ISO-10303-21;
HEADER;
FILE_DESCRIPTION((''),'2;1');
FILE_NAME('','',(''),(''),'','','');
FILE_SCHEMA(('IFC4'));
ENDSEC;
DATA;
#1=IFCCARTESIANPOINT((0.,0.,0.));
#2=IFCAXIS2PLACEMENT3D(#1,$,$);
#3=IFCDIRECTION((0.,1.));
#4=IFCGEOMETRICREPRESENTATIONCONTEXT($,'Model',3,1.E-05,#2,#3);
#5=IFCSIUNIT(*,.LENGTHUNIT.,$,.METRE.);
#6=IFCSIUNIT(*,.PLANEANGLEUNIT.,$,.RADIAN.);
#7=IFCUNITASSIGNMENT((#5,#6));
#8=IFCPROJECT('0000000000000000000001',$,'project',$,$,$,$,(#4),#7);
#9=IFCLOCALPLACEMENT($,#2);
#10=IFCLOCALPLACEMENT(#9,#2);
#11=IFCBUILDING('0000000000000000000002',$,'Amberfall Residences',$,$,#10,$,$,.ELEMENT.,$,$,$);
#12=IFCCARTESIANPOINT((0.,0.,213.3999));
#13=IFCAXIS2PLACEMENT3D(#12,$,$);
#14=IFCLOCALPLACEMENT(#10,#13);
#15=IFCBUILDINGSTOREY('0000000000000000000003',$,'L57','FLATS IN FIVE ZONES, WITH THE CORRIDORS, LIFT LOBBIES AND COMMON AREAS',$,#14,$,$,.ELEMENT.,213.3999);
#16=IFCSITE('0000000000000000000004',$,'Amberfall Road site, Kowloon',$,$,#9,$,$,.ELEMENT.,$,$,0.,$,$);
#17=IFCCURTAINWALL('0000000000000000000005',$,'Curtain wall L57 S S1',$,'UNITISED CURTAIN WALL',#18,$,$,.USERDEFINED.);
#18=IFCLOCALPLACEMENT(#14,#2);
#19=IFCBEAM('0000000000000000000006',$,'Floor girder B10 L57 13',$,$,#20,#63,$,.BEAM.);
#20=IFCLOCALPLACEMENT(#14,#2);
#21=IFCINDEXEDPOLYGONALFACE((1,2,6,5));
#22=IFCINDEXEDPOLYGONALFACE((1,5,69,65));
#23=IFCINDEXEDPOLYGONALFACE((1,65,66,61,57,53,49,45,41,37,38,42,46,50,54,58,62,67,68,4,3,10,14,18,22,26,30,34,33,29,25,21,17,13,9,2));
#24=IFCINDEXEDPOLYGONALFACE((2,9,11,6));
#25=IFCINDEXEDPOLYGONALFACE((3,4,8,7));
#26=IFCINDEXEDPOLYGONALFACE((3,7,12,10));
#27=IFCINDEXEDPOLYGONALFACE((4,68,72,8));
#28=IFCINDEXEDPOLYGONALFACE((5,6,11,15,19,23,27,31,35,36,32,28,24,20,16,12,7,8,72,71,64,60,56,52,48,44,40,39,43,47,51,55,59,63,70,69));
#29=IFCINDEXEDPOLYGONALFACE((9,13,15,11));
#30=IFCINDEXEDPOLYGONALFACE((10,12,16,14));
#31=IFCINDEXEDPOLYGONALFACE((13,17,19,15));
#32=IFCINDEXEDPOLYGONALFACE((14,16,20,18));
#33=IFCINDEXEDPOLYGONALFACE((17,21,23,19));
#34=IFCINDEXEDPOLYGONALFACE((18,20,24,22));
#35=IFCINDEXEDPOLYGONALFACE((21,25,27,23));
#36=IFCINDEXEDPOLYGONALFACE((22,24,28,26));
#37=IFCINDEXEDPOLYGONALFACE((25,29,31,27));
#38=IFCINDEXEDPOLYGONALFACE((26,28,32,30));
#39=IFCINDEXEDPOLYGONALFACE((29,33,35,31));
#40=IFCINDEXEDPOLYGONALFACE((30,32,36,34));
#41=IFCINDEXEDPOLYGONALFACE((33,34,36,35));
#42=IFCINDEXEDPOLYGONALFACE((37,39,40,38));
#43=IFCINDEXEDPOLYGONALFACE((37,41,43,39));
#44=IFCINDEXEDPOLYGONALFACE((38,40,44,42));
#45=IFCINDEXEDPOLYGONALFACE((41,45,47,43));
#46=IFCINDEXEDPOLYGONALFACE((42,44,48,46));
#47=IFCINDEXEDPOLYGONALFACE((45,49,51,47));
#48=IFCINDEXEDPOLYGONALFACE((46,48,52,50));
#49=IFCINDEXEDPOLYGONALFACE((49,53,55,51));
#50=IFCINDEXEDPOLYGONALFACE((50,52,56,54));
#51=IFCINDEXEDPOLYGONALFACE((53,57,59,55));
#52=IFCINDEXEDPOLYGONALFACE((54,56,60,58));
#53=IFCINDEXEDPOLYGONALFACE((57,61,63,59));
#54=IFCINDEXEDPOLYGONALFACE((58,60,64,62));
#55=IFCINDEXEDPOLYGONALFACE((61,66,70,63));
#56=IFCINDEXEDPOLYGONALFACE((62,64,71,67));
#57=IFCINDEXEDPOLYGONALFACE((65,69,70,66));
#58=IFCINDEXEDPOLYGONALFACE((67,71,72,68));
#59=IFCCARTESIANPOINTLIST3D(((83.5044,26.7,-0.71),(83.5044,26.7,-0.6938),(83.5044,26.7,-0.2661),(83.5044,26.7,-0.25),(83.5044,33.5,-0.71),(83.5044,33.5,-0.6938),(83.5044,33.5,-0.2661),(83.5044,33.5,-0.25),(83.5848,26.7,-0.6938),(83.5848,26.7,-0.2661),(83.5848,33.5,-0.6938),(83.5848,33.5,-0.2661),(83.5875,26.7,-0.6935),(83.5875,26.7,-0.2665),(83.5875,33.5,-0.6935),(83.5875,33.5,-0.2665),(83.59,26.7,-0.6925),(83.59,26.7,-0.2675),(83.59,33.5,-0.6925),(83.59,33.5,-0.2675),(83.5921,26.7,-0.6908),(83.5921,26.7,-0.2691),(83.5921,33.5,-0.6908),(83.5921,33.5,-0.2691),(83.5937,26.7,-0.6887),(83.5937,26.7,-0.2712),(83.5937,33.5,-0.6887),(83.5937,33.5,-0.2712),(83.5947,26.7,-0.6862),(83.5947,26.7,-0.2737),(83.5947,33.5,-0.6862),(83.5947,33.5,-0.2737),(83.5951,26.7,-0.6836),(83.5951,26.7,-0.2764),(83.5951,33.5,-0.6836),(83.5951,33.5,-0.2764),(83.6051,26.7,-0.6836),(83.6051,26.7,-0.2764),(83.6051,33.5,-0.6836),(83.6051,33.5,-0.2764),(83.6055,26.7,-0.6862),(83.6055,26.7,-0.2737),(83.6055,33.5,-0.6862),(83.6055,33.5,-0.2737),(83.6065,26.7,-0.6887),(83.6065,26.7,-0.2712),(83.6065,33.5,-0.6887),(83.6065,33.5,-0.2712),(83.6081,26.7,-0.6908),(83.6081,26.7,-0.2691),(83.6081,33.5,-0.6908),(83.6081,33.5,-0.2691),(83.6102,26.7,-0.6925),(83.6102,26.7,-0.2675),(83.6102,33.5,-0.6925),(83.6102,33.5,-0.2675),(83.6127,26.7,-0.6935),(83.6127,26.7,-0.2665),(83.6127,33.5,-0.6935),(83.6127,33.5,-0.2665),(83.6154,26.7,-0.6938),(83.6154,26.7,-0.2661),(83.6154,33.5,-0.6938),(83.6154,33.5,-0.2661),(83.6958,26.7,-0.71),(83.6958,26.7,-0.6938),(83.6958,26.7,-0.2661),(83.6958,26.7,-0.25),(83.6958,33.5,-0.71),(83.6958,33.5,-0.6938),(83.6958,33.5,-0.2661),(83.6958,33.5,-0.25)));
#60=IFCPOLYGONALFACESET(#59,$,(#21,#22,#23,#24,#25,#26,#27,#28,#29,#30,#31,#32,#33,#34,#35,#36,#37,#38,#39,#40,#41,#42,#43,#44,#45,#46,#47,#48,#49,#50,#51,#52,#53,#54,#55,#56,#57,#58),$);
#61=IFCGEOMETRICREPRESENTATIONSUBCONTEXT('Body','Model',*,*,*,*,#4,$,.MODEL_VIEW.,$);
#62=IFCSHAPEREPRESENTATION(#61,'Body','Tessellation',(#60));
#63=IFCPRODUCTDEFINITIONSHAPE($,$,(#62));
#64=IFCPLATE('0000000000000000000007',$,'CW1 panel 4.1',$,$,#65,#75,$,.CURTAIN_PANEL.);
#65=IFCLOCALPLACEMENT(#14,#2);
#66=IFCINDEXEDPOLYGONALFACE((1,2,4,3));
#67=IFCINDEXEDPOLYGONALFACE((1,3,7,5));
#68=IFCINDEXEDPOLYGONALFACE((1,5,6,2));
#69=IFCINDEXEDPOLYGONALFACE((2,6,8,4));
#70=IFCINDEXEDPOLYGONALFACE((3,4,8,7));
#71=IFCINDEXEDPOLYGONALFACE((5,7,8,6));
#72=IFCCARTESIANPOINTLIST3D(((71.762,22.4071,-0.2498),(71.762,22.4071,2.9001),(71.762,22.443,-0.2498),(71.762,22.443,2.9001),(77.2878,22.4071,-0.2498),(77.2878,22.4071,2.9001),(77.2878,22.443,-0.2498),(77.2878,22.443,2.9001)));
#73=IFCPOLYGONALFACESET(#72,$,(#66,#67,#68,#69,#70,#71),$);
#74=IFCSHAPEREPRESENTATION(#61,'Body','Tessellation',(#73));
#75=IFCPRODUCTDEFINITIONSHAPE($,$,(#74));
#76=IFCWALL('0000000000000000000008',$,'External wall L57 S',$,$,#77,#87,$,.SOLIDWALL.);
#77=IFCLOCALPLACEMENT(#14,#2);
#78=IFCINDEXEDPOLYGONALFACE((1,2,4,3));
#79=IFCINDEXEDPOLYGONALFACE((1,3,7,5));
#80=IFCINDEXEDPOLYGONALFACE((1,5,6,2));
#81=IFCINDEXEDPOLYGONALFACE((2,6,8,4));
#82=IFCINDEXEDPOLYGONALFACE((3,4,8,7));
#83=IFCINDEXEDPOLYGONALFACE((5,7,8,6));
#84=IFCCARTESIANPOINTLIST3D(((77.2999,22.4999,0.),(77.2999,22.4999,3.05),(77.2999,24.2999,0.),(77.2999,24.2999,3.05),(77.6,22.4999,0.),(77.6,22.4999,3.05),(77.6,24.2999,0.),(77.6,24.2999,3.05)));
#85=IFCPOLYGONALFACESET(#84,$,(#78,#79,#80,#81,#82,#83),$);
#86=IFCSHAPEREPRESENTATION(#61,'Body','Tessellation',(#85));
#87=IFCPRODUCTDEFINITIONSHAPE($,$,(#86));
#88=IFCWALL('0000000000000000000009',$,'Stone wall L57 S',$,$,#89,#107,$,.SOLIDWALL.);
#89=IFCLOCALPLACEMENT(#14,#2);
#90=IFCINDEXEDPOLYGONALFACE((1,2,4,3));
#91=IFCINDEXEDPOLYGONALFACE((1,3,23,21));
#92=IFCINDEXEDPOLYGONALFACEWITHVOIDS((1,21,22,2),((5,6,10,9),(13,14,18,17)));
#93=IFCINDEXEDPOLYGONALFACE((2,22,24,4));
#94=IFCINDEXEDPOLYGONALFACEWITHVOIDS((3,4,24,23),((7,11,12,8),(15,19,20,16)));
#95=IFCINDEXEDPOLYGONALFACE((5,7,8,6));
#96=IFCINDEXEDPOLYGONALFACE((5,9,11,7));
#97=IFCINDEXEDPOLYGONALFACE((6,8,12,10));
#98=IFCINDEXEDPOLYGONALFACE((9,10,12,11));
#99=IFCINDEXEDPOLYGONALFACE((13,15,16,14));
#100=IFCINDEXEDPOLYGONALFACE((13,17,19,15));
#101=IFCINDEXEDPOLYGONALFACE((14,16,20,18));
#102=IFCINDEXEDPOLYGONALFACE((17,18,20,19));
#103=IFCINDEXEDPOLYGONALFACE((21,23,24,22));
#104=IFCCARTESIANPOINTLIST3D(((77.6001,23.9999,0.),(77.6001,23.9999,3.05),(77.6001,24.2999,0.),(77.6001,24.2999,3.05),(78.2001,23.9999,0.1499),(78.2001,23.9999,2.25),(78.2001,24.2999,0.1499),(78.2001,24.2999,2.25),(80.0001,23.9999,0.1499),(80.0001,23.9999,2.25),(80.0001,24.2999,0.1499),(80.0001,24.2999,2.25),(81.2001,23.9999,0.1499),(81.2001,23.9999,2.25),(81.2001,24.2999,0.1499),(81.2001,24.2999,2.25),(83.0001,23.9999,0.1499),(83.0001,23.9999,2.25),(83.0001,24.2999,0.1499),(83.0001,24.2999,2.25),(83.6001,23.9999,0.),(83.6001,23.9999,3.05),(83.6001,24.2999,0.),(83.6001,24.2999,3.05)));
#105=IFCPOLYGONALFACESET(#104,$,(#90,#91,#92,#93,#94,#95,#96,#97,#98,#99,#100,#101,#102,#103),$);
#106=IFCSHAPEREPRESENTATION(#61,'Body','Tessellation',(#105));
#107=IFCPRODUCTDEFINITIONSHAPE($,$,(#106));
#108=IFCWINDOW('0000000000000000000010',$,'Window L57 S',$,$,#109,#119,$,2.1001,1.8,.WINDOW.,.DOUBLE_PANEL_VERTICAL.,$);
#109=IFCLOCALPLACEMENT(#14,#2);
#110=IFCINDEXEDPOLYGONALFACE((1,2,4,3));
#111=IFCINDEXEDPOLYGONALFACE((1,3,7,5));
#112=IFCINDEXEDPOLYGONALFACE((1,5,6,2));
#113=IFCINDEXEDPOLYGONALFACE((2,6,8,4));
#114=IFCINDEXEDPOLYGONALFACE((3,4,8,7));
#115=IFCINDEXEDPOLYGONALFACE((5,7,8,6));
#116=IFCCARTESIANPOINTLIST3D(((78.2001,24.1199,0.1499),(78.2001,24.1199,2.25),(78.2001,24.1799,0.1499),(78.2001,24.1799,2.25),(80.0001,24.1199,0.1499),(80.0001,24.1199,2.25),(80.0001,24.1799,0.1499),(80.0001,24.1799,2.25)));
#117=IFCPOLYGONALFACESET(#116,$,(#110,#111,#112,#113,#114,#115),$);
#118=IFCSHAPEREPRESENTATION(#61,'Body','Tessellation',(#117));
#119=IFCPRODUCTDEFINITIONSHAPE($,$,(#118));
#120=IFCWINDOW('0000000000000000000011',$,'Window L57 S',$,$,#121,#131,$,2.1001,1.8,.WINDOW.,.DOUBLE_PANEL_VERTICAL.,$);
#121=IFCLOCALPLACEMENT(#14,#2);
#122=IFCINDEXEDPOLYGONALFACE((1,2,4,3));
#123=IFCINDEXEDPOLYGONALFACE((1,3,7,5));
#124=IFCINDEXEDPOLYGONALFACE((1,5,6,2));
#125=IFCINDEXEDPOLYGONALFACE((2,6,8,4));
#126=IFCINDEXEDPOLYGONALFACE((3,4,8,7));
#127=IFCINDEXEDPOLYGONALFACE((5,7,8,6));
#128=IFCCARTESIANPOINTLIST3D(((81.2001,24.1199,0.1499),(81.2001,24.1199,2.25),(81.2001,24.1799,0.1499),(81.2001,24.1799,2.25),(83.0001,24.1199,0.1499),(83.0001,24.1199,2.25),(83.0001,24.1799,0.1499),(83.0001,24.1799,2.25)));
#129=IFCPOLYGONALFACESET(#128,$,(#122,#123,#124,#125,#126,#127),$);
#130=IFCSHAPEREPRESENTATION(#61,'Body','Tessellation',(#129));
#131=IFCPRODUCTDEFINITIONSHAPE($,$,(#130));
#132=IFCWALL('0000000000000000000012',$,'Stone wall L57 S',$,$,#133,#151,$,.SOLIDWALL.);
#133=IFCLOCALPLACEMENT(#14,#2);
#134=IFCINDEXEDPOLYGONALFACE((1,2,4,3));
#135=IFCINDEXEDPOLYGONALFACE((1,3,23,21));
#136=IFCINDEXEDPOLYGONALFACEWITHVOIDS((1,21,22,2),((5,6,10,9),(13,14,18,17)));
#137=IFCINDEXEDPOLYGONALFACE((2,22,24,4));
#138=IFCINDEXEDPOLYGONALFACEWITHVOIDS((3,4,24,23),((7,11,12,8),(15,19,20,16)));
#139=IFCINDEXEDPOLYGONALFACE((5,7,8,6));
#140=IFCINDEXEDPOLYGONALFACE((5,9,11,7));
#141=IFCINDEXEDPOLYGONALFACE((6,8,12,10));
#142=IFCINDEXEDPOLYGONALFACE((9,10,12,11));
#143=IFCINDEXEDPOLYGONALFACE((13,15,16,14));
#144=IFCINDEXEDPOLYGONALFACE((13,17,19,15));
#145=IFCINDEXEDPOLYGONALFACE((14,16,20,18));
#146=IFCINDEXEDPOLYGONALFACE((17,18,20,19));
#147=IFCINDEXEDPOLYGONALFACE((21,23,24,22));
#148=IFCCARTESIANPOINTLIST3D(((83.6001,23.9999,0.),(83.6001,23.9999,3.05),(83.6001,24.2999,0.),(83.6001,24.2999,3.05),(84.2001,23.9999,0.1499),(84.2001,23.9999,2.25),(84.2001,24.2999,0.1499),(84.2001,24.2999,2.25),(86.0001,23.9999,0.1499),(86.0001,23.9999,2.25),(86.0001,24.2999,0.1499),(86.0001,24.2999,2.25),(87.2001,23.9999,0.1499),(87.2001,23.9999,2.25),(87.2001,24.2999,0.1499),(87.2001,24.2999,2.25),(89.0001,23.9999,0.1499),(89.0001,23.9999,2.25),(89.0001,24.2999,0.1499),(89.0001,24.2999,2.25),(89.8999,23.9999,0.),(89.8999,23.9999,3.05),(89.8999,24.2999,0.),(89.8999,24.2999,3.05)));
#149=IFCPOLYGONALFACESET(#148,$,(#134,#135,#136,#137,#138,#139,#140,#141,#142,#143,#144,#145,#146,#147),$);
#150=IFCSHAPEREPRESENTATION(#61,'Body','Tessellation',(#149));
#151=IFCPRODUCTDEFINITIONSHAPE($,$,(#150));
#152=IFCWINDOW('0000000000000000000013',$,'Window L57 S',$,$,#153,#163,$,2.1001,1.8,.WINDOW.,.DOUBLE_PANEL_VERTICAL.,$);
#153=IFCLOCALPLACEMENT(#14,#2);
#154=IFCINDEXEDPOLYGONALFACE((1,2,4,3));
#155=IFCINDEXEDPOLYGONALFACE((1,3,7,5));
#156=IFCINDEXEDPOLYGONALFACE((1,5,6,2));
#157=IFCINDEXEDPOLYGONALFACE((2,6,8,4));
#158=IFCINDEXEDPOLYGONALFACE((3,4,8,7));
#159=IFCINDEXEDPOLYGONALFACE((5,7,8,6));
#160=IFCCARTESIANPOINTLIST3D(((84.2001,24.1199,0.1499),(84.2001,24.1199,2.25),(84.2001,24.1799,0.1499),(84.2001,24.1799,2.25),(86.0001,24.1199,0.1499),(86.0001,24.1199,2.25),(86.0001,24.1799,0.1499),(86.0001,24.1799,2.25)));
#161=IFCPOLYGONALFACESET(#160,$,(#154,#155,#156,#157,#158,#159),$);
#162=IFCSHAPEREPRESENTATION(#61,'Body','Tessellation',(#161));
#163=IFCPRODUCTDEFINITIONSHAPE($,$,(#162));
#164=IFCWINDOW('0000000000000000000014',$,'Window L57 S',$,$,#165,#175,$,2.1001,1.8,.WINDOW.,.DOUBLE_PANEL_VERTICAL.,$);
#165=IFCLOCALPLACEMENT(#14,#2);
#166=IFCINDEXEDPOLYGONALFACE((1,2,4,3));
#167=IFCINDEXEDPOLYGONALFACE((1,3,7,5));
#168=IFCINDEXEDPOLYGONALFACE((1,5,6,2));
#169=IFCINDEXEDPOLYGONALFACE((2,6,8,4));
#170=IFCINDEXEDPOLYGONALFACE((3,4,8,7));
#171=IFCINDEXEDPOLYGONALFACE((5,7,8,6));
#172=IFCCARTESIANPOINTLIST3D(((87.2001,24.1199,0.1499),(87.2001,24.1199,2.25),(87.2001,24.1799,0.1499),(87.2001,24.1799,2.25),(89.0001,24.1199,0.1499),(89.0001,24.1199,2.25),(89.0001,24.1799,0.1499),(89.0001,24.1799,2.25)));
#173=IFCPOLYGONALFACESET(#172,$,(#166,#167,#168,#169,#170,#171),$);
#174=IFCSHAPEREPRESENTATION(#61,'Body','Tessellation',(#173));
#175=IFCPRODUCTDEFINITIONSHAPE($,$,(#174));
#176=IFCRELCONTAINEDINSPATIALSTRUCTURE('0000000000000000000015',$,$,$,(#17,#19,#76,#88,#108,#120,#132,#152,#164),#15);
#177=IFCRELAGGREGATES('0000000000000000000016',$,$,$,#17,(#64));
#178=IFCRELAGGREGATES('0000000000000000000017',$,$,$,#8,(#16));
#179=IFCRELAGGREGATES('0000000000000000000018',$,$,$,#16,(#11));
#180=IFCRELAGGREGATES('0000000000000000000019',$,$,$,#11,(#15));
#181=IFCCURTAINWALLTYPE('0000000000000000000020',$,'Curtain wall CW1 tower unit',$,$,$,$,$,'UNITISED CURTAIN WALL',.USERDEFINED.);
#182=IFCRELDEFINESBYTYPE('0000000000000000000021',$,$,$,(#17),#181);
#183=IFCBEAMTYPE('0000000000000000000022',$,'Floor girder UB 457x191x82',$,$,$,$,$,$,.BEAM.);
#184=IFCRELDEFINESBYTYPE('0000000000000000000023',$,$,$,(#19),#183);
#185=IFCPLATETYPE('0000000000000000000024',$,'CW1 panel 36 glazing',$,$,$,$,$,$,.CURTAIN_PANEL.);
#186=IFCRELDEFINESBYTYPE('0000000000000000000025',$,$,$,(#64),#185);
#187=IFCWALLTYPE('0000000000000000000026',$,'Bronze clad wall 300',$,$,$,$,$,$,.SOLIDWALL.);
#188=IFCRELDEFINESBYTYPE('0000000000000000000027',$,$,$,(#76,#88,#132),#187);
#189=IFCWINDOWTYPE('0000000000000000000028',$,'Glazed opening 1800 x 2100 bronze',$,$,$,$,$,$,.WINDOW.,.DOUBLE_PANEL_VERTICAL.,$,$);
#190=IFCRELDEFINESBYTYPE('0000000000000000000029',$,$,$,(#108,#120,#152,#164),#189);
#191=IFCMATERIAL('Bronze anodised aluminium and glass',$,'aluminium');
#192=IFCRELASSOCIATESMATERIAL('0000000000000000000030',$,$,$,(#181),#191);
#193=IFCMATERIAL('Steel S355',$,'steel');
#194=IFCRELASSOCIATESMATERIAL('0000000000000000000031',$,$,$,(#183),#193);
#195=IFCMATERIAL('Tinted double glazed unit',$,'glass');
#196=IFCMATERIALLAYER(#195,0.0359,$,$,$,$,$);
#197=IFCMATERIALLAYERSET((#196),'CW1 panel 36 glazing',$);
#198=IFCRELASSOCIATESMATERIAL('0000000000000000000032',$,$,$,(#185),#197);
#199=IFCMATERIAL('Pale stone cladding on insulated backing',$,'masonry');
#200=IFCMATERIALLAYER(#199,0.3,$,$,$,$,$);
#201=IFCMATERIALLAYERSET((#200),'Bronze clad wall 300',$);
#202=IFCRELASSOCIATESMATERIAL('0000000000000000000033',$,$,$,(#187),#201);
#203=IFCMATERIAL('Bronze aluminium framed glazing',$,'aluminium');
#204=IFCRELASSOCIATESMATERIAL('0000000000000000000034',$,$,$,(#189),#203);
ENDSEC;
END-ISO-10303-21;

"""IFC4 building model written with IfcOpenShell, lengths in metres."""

from ifc_helpers import new_model, si_unit, direction, frame, frame_2d, origin, origin_2d, place, context, subcontext, project, spatial, rectangle, i_section, extrude, material, layer, layer_set, material_profile, profile_set, type_object, element, fill, aggregate, save


model = new_model("IFC4")

# Units and contexts
model_context = context("Model", 3, precision=1e-05, world=origin(), true_north=direction((0.0, 1.0)))
body_context = subcontext(model_context, "Body", "Model", "MODEL_VIEW")
ifc_project = project(units=[si_unit("LENGTHUNIT", "METRE"), si_unit("PLANEANGLEUNIT", "RADIAN")], contexts=[model_context])

# Site, building, storey
site_placement = place(None, origin())
site = spatial("IfcSite", under=ifc_project, at=site_placement, Name="Amberfall Road site, Kowloon", CompositionType="ELEMENT", RefElevation=0.0)
building_placement = place(site_placement, origin())
building = spatial("IfcBuilding", under=site, at=building_placement, Name="Amberfall Residences", CompositionType="ELEMENT")
storey_placement = place(building_placement, frame((0.0, 0.0, 213.3999)))
storey = spatial("IfcBuildingStorey", under=building, at=storey_placement, Name="L57", Description="FLATS IN FIVE ZONES, WITH THE CORRIDORS, LIFT LOBBIES AND COMMON AREAS", CompositionType="ELEMENT", Elevation=213.3999)

# Shared definitions
ifc_material_1 = material(Name="Steel S355", Category="steel")

# Curtain wall
ifc_material_2 = material(Name="Bronze anodised aluminium and glass", Category="aluminium")
curtain_wall_type = type_object("IfcCurtainWallType", Name="Curtain wall CW1 tower unit", ElementType="UNITISED CURTAIN WALL", PredefinedType="USERDEFINED", material=ifc_material_2)
curtain_wall_placement = place(storey_placement, origin())
curtain_wall = element("IfcCurtainWall", 1, at=curtain_wall_placement, inside=storey, type_object=curtain_wall_type, Name="Curtain wall L57 S S1", ObjectType="UNITISED CURTAIN WALL", PredefinedType="USERDEFINED")

# Beam
ifc_material_profile_1 = material_profile(ifc_material_1, i_section(OverallWidth=0.1914, OverallDepth=0.46, WebThickness=0.01, FlangeThickness=0.0161, FilletRadius=0.0103, at=origin_2d()), Name="UB 457x191x82")
ifc_profile_set_1 = profile_set([ifc_material_profile_1], Name="Steel S355")
beam_type_1 = type_object("IfcBeamType", Name="Floor girder UB 457x191x82", PredefinedType="BEAM", material=ifc_profile_set_1)
beam_1_placement = place(storey_placement, frame((83.6001, 26.7, -0.48), z_axis=(0.0, 1.0, 0.0), x_axis=(-1.0, 0.0, 0.0)))
element("IfcBeam", 2, at=beam_1_placement, inside=storey, type_object=beam_type_1, Name="Floor girder B10 L57 13", PredefinedType="BEAM", context=body_context, shape_type="SweptSolid", body=[
    extrude(i_section(OverallWidth=0.1914, OverallDepth=0.46, WebThickness=0.01, FlangeThickness=0.0161, FilletRadius=0.0103, at=origin_2d()), origin(), (0.0, 0.0, 1.0), 6.8),
])

# Plate
ifc_material_3 = material(Name="Tinted double glazed unit", Category="glass")
ifc_layer_1 = layer(ifc_material_3, 0.0359)
ifc_layer_set_1 = layer_set([ifc_layer_1], Name="CW1 panel 36 glazing")
plate_type = type_object("IfcPlateType", Name="CW1 panel 36 glazing", PredefinedType="CURTAIN_PANEL", material=ifc_layer_set_1)
plate_placement = place(storey_placement, frame((74.5249, 22.425, -0.2498), z_axis=(0.0, 0.0, 1.0), x_axis=(1.0, 0.0, 0.0)))
plate = element("IfcPlate", 3, at=plate_placement, type_object=plate_type, Name="CW1 panel 4.1", PredefinedType="CURTAIN_PANEL", context=body_context, shape_type="SweptSolid", body=[
    extrude(rectangle(XDim=5.5259, YDim=0.0359, at=origin_2d()), origin(), (0.0, 0.0, 1.0), 3.1499),
])
aggregate(curtain_wall, [plate])

# Wall
ifc_material_4 = material(Name="Pale stone cladding on insulated backing", Category="masonry")
ifc_layer_2 = layer(ifc_material_4, 0.3)
ifc_layer_set_2 = layer_set([ifc_layer_2], Name="Bronze clad wall 300")
wall_type_1 = type_object("IfcWallType", Name="Bronze clad wall 300", PredefinedType="SOLIDWALL", material=ifc_layer_set_2)
wall_1_placement = place(storey_placement, frame((77.45, 22.5, 0.0), z_axis=(0.0, 0.0, 1.0), x_axis=(0.0, 1.0, 0.0)))
element("IfcWall", 4, at=wall_1_placement, inside=storey, type_object=wall_type_1, Name="External wall L57 S", PredefinedType="SOLIDWALL", context=body_context, shape_type="SweptSolid", body=[
    extrude(rectangle(XDim=1.8, YDim=0.3, at=frame_2d((0.8999, 0.0))), origin(), (0.0, 0.0, 1.0), 3.05),
])

# Walls, openings, windows
wall_2_placement = place(storey_placement, frame((77.6001, 24.1499, 0.0), z_axis=(0.0, 0.0, 1.0), x_axis=(1.0, 0.0, 0.0)))
wall_2 = element("IfcWall", 5, at=wall_2_placement, inside=storey, type_object=wall_type_1, Name="Stone wall L57 S", PredefinedType="SOLIDWALL", context=body_context, shape_type="SweptSolid", body=[
    extrude(rectangle(XDim=6.0, YDim=0.3, at=frame_2d((3.0, 0.0))), origin(), (0.0, 0.0, 1.0), 3.05),
])
opening_1_placement = place(wall_2_placement, frame((0.6001, 0.0, 0.1499)))
opening_1 = element("IfcOpeningElement", 6, at=opening_1_placement, cuts=wall_2, PredefinedType="OPENING", context=body_context, shape_type="SweptSolid", body=[
    extrude(rectangle(XDim=1.8, YDim=2.1001, at=frame_2d((0.8999, 1.05))), frame((0.0, 0.1599, 0.0), z_axis=(0.0, -1.0, 0.0), x_axis=(1.0, 0.0, 0.0)), (0.0, 0.0, 1.0), 0.3201),
])
opening_2_placement = place(wall_2_placement, frame((3.6001, 0.0, 0.1499)))
opening_2 = element("IfcOpeningElement", 7, at=opening_2_placement, cuts=wall_2, PredefinedType="OPENING", context=body_context, shape_type="SweptSolid", body=[
    extrude(rectangle(XDim=1.8, YDim=2.1001, at=frame_2d((0.8999, 1.05))), frame((0.0, 0.1599, 0.0), z_axis=(0.0, -1.0, 0.0), x_axis=(1.0, 0.0, 0.0)), (0.0, 0.0, 1.0), 0.3201),
])
ifc_material_5 = material(Name="Bronze aluminium framed glazing", Category="aluminium")
window_type = type_object("IfcWindowType", Name="Glazed opening 1800 x 2100 bronze", PartitioningType="DOUBLE_PANEL_VERTICAL", PredefinedType="WINDOW", material=ifc_material_5)
window_1_placement = place(opening_1_placement, origin())
window_1 = element("IfcWindow", 8, at=window_1_placement, inside=storey, type_object=window_type, Name="Window L57 S", OverallHeight=2.1001, OverallWidth=1.8, PartitioningType="DOUBLE_PANEL_VERTICAL", PredefinedType="WINDOW", context=body_context, shape_type="SweptSolid", body=[
    extrude(rectangle(XDim=1.8, YDim=2.1001, at=frame_2d((0.8999, 1.05))), frame((0.0, 0.03, 0.0), z_axis=(0.0, -1.0, 0.0), x_axis=(1.0, 0.0, 0.0)), (0.0, 0.0, 1.0), 0.0601),
])
fill(opening_1, window_1)
window_2_placement = place(opening_2_placement, origin())
window_2 = element("IfcWindow", 9, at=window_2_placement, inside=storey, type_object=window_type, Name="Window L57 S", OverallHeight=2.1001, OverallWidth=1.8, PartitioningType="DOUBLE_PANEL_VERTICAL", PredefinedType="WINDOW", context=body_context, shape_type="SweptSolid", body=[
    extrude(rectangle(XDim=1.8, YDim=2.1001, at=frame_2d((0.8999, 1.05))), frame((0.0, 0.03, 0.0), z_axis=(0.0, -1.0, 0.0), x_axis=(1.0, 0.0, 0.0)), (0.0, 0.0, 1.0), 0.0601),
])
fill(opening_2, window_2)
wall_3_placement = place(storey_placement, frame((83.6001, 24.1499, 0.0), z_axis=(0.0, 0.0, 1.0), x_axis=(1.0, 0.0, 0.0)))
wall_3 = element("IfcWall", 10, at=wall_3_placement, inside=storey, type_object=wall_type_1, Name="Stone wall L57 S", PredefinedType="SOLIDWALL", context=body_context, shape_type="SweptSolid", body=[
    extrude(rectangle(XDim=6.2998, YDim=0.3, at=frame_2d((3.1499, 0.0))), origin(), (0.0, 0.0, 1.0), 3.05),
])
opening_3_placement = place(wall_3_placement, frame((0.6001, 0.0, 0.1499)))
opening_3 = element("IfcOpeningElement", 11, at=opening_3_placement, cuts=wall_3, PredefinedType="OPENING", context=body_context, shape_type="SweptSolid", body=[
    extrude(rectangle(XDim=1.8, YDim=2.1001, at=frame_2d((0.8999, 1.05))), frame((0.0, 0.1599, 0.0), z_axis=(0.0, -1.0, 0.0), x_axis=(1.0, 0.0, 0.0)), (0.0, 0.0, 1.0), 0.3201),
])
opening_4_placement = place(wall_3_placement, frame((3.6001, 0.0, 0.1499)))
opening_4 = element("IfcOpeningElement", 12, at=opening_4_placement, cuts=wall_3, PredefinedType="OPENING", context=body_context, shape_type="SweptSolid", body=[
    extrude(rectangle(XDim=1.8, YDim=2.1001, at=frame_2d((0.8999, 1.05))), frame((0.0, 0.1599, 0.0), z_axis=(0.0, -1.0, 0.0), x_axis=(1.0, 0.0, 0.0)), (0.0, 0.0, 1.0), 0.3201),
])
window_3_placement = place(opening_3_placement, origin())
window_3 = element("IfcWindow", 13, at=window_3_placement, inside=storey, type_object=window_type, Name="Window L57 S", OverallHeight=2.1001, OverallWidth=1.8, PartitioningType="DOUBLE_PANEL_VERTICAL", PredefinedType="WINDOW", context=body_context, shape_type="SweptSolid", body=[
    extrude(rectangle(XDim=1.8, YDim=2.1001, at=frame_2d((0.8999, 1.05))), frame((0.0, 0.03, 0.0), z_axis=(0.0, -1.0, 0.0), x_axis=(1.0, 0.0, 0.0)), (0.0, 0.0, 1.0), 0.0601),
])
fill(opening_3, window_3)
window_4_placement = place(opening_4_placement, origin())
window_4 = element("IfcWindow", 14, at=window_4_placement, inside=storey, type_object=window_type, Name="Window L57 S", OverallHeight=2.1001, OverallWidth=1.8, PartitioningType="DOUBLE_PANEL_VERTICAL", PredefinedType="WINDOW", context=body_context, shape_type="SweptSolid", body=[
    extrude(rectangle(XDim=1.8, YDim=2.1001, at=frame_2d((0.8999, 1.05))), frame((0.0, 0.03, 0.0), z_axis=(0.0, -1.0, 0.0), x_axis=(1.0, 0.0, 0.0)), (0.0, 0.0, 1.0), 0.0601),
])
fill(opening_4, window_4)

save(model, "model.ifc")
